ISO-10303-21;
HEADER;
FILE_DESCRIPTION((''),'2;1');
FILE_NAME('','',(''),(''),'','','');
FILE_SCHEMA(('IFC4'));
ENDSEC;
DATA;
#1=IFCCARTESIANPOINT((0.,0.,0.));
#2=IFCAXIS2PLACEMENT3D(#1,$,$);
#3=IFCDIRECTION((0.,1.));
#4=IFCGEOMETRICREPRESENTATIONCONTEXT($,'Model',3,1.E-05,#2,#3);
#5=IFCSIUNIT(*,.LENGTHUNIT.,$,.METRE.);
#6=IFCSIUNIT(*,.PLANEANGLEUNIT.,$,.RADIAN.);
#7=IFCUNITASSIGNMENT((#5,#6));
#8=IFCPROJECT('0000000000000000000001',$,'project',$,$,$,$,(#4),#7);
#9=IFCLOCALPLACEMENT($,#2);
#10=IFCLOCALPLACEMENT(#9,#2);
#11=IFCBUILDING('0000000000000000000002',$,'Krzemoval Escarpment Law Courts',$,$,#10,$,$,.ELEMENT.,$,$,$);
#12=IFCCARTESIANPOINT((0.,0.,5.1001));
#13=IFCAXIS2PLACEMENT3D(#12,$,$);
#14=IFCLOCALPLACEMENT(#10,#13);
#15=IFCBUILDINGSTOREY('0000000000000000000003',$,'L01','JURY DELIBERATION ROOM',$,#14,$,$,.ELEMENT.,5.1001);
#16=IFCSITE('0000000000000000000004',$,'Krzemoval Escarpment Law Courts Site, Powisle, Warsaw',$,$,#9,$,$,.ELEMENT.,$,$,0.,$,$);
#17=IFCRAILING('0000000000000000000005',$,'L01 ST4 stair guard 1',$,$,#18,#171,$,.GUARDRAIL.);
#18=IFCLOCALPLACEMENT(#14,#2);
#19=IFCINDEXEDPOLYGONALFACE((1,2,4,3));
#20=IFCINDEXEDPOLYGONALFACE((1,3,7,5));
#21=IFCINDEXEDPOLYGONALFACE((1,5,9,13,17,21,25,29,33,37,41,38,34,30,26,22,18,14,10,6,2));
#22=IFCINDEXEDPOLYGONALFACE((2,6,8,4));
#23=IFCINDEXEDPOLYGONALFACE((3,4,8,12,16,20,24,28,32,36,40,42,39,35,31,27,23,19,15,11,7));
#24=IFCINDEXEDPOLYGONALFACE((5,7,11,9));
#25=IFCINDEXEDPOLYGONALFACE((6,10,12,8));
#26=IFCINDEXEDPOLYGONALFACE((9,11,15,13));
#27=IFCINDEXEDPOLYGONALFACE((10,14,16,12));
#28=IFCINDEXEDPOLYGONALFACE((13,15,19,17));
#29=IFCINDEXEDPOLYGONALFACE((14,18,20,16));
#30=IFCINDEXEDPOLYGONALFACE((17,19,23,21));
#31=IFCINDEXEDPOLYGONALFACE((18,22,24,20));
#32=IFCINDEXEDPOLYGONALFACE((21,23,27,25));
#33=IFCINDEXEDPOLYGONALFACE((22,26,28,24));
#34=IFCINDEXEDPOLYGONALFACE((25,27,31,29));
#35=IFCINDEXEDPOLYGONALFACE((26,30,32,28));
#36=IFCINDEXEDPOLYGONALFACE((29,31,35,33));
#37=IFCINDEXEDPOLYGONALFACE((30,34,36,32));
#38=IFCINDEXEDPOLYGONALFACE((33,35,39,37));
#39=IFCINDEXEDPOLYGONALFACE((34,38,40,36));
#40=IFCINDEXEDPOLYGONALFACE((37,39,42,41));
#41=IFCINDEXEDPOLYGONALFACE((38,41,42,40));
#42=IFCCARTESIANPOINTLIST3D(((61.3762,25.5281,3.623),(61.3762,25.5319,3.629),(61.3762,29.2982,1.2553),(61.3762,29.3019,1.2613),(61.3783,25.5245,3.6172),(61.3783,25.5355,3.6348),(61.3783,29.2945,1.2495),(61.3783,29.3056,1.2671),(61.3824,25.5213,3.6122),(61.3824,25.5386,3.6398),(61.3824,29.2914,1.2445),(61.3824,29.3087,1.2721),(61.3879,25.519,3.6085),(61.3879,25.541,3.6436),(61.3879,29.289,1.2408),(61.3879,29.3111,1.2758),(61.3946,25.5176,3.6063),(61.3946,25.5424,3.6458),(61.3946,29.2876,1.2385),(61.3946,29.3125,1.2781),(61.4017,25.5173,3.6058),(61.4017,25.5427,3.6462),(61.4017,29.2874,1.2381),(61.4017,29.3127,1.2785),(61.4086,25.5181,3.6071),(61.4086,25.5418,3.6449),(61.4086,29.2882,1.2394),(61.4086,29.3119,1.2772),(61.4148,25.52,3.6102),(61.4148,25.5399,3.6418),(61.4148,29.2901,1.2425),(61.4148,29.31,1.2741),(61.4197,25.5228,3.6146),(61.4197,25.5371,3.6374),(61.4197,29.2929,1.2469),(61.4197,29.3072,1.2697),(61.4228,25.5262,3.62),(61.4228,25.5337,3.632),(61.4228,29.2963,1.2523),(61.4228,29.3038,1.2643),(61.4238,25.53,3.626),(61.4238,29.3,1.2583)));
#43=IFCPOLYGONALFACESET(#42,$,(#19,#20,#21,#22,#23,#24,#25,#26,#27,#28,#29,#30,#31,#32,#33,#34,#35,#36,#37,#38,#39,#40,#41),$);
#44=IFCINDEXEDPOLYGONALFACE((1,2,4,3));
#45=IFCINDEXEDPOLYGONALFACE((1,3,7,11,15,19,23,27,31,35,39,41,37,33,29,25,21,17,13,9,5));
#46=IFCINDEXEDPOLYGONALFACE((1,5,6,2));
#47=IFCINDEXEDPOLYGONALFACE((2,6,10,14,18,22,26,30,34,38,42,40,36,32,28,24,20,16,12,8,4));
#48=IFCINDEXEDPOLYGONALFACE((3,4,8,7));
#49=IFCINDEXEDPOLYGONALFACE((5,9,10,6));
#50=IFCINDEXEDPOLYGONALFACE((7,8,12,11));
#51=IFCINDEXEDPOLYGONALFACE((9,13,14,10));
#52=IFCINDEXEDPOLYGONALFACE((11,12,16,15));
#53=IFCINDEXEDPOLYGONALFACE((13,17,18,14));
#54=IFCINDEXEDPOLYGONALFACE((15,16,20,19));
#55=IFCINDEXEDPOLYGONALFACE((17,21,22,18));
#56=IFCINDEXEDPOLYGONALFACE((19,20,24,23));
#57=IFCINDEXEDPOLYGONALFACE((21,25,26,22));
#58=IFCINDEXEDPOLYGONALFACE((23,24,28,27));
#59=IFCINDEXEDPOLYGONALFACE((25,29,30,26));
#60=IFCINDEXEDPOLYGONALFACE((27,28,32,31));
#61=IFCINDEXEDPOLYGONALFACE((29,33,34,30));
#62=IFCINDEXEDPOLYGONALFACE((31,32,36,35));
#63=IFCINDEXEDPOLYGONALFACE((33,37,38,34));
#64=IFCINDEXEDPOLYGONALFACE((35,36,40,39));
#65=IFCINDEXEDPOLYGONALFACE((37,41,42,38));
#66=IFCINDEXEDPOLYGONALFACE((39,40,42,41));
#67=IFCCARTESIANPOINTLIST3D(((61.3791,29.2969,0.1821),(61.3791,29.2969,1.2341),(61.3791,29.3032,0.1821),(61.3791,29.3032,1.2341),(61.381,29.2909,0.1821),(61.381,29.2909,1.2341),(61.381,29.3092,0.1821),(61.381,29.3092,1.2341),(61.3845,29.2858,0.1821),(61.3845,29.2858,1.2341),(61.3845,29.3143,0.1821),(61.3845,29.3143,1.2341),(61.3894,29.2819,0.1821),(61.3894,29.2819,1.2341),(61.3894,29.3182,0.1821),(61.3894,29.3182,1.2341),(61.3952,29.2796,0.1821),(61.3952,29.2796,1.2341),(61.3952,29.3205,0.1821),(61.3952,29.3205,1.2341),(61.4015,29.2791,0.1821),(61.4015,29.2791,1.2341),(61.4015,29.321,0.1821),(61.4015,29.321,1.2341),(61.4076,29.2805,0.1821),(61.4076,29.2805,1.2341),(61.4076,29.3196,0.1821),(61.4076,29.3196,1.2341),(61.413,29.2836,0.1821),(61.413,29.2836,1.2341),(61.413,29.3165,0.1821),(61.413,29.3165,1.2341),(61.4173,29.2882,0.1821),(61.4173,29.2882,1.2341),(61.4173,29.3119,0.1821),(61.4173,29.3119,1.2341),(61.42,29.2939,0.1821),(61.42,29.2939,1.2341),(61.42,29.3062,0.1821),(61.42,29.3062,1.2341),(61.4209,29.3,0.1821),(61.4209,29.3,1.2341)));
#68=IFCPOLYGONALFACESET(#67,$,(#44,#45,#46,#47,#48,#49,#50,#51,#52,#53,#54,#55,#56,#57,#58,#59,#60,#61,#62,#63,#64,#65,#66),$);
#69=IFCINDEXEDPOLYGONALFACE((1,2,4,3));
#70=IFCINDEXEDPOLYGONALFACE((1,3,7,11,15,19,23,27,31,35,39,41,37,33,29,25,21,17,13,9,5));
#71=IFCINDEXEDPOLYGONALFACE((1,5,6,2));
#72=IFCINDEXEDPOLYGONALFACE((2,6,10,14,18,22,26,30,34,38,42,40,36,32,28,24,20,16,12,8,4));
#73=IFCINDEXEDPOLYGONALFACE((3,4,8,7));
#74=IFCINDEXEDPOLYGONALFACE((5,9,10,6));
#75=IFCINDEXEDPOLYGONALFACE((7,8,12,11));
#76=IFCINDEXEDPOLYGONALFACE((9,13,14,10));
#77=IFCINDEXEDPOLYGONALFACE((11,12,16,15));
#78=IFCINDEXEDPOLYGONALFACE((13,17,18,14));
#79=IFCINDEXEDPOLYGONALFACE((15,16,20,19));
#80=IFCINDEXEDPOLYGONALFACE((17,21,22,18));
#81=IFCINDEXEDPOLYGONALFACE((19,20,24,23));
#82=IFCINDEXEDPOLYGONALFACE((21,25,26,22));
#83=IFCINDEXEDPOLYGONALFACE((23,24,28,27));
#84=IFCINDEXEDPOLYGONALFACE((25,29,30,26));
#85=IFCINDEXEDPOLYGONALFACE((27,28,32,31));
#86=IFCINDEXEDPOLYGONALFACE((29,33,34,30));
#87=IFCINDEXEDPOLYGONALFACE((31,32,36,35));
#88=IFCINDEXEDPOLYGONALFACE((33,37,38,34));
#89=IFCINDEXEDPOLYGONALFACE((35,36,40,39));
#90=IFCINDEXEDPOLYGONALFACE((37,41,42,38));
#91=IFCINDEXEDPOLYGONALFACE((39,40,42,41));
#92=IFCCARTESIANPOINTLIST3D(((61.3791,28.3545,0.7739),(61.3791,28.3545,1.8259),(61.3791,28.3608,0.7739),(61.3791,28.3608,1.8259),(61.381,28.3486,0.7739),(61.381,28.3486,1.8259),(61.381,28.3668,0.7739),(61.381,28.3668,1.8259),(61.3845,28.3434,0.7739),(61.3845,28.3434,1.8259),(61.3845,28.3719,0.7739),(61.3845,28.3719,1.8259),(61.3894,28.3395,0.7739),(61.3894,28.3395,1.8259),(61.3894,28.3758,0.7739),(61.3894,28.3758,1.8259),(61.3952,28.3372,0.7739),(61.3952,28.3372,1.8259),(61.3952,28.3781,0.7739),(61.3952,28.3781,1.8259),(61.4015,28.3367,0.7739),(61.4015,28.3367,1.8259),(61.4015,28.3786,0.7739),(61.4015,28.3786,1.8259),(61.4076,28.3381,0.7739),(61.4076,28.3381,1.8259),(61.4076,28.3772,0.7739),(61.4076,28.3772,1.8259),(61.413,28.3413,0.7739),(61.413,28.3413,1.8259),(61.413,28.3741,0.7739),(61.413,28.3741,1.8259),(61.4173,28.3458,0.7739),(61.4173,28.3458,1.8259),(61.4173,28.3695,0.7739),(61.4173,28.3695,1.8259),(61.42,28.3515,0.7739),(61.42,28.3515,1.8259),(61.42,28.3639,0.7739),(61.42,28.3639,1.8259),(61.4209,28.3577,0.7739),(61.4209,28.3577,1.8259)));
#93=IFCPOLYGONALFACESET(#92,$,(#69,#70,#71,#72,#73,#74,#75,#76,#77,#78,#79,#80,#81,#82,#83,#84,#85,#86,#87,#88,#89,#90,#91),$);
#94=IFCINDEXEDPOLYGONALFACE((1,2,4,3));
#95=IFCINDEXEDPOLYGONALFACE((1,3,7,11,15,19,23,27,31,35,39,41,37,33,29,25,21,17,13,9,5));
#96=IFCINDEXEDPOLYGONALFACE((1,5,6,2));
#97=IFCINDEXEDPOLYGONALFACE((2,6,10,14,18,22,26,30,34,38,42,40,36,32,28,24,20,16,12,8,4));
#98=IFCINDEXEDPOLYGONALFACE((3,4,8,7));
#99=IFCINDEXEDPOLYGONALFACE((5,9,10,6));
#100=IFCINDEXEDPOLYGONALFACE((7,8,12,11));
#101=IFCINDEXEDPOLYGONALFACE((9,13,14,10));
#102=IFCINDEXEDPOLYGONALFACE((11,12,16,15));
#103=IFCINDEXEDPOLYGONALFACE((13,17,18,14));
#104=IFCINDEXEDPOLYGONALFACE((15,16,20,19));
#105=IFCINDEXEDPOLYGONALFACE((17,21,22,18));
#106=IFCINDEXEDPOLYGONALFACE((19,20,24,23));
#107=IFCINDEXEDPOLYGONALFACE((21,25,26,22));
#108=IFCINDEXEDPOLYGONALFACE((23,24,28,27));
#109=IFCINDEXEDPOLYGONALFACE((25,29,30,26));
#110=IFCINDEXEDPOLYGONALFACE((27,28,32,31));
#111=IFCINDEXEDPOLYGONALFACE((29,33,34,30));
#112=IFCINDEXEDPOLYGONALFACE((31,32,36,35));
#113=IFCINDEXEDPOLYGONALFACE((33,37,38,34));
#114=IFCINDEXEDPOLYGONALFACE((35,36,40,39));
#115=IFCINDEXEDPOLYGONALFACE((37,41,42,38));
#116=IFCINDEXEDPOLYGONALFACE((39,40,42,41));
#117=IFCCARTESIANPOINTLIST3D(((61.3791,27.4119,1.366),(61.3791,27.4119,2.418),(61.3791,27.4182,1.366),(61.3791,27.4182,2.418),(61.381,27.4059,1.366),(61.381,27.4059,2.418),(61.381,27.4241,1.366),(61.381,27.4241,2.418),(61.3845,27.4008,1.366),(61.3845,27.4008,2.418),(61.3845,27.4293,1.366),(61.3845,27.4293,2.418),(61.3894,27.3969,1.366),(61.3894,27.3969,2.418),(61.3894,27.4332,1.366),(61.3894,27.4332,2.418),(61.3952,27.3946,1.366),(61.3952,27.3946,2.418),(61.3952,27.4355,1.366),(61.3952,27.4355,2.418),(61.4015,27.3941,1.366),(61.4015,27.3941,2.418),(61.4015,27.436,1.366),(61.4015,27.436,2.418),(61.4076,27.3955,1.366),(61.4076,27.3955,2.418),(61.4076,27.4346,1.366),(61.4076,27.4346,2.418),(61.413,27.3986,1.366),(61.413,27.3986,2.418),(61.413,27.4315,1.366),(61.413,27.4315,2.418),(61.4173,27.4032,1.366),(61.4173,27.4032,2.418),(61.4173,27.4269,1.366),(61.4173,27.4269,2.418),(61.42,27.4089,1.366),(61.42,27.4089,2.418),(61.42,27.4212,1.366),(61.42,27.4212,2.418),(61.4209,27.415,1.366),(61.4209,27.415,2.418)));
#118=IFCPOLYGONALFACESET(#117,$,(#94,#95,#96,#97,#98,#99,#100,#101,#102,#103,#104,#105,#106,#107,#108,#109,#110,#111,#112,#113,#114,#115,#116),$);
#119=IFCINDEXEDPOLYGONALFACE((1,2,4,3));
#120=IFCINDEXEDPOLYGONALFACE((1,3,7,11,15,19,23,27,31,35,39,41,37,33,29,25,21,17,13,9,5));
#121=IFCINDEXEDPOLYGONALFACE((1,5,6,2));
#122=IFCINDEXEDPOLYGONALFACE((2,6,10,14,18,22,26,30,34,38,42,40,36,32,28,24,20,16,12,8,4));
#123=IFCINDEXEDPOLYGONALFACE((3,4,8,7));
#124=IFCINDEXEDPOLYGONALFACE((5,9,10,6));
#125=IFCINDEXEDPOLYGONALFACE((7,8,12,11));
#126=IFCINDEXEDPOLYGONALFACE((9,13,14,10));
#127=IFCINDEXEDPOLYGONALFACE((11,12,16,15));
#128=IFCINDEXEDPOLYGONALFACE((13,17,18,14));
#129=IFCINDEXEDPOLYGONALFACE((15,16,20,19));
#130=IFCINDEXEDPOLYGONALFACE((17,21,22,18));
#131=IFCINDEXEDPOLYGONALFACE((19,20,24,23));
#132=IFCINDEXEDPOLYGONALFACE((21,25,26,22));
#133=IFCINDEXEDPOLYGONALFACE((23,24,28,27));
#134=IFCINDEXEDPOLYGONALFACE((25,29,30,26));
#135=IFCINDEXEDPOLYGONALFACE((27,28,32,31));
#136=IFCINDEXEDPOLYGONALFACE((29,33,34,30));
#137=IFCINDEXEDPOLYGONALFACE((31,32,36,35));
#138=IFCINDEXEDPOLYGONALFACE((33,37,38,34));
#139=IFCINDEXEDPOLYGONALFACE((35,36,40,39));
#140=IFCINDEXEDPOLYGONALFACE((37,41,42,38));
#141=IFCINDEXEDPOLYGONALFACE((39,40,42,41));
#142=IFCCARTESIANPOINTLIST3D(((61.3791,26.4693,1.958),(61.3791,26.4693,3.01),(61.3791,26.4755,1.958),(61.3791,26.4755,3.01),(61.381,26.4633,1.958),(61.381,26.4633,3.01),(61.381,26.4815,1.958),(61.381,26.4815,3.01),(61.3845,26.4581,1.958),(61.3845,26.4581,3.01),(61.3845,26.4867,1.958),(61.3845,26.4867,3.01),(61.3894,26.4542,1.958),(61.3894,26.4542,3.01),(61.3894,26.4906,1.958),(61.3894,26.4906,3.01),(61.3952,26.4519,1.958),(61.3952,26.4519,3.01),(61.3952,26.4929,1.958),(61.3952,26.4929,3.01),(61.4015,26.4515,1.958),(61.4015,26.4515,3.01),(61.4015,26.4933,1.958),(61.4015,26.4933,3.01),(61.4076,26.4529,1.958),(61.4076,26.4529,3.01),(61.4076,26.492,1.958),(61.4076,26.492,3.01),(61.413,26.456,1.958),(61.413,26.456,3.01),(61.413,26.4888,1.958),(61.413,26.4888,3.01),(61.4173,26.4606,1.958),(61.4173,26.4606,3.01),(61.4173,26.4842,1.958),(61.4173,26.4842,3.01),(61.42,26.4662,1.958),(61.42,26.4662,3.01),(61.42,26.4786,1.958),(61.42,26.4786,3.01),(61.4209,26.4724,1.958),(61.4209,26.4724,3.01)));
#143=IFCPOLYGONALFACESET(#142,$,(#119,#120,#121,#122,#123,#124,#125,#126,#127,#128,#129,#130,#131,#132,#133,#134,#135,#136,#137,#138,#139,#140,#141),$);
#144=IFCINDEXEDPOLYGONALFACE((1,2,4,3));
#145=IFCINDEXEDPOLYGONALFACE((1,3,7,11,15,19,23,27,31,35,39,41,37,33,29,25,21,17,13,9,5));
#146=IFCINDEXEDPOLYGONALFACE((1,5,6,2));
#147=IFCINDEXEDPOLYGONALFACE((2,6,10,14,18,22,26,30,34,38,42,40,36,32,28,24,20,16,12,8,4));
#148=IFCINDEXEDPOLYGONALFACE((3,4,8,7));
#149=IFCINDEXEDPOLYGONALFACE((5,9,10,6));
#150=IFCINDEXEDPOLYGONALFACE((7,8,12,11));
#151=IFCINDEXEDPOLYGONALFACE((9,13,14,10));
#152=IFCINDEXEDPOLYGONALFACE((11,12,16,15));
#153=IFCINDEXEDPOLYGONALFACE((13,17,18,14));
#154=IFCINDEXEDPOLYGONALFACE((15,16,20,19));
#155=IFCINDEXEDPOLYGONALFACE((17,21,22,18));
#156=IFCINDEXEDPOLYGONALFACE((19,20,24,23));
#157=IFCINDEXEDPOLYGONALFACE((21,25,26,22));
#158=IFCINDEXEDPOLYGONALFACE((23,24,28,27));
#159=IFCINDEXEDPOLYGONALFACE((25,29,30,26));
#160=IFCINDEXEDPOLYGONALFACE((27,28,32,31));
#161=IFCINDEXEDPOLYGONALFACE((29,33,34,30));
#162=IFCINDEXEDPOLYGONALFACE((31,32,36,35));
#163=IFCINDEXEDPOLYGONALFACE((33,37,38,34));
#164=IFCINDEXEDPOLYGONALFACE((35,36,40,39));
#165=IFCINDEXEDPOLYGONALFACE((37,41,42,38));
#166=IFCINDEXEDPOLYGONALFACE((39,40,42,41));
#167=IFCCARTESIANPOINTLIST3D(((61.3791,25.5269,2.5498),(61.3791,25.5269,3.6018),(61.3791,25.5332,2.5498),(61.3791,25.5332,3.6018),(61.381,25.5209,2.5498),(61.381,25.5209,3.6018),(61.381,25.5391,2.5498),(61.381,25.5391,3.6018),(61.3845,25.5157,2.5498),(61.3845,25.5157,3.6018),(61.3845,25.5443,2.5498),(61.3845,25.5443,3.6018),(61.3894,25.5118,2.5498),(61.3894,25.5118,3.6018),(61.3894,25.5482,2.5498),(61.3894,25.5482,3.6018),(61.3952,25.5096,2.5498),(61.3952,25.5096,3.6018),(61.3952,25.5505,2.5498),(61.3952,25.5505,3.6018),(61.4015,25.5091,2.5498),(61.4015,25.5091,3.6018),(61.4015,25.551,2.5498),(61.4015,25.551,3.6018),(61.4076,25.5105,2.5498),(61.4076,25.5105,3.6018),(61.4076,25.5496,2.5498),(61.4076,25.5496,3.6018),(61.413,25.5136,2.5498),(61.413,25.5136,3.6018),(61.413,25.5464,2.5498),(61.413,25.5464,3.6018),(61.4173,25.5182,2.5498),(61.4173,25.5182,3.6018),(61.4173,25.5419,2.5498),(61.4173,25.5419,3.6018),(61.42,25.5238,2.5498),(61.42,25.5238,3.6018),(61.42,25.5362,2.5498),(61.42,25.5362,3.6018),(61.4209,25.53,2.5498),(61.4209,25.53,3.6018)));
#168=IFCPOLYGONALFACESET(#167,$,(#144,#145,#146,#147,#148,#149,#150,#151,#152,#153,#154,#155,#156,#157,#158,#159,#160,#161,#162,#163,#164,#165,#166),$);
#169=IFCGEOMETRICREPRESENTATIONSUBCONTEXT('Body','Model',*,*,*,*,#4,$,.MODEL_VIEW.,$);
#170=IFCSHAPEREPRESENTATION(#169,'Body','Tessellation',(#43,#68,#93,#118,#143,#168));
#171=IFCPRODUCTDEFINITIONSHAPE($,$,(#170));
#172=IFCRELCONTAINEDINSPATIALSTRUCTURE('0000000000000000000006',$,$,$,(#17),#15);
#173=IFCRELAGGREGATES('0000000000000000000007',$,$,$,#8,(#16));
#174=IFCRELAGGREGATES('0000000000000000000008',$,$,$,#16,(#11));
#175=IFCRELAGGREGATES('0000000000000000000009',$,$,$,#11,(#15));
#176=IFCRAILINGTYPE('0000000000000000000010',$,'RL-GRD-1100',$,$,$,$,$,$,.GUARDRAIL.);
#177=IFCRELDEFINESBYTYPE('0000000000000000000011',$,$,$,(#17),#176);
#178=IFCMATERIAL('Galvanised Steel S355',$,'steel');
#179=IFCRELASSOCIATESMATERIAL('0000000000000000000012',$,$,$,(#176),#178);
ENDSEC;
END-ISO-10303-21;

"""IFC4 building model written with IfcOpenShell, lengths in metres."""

from ifc_helpers import new_model, si_unit, direction, frame, origin, origin_2d, place, context, subcontext, project, spatial, circle, extrude, material, type_object, element, save


model = new_model("IFC4")

# Units and contexts
model_context = context("Model", 3, precision=1e-05, world=origin(), true_north=direction((0.0, 1.0)))
body_context = subcontext(model_context, "Body", "Model", "MODEL_VIEW")
ifc_project = project(units=[si_unit("LENGTHUNIT", "METRE"), si_unit("PLANEANGLEUNIT", "RADIAN")], contexts=[model_context])

# Site, building, storey
site_placement = place(None, origin())
site = spatial("IfcSite", under=ifc_project, at=site_placement, Name="Krzemoval Escarpment Law Courts Site, Powisle, Warsaw", CompositionType="ELEMENT", RefElevation=0.0)
building_placement = place(site_placement, origin())
building = spatial("IfcBuilding", under=site, at=building_placement, Name="Krzemoval Escarpment Law Courts", CompositionType="ELEMENT")
storey_placement = place(building_placement, frame((0.0, 0.0, 5.1001)))
storey = spatial("IfcBuildingStorey", under=building, at=storey_placement, Name="L01", Description="JURY DELIBERATION ROOM", CompositionType="ELEMENT", Elevation=5.1001)

# Railing
ifc_material_1 = material(Name="Galvanised Steel S355", Category="steel")
railing_type_1 = type_object("IfcRailingType", Name="RL-GRD-1100", PredefinedType="GUARDRAIL", material=ifc_material_1)
railing_1_placement = place(storey_placement, frame((61.3999, 29.3, 0.1821)))
element("IfcRailing", 1, at=railing_1_placement, inside=storey, type_object=railing_type_1, Name="L01 ST4 stair guard 1", PredefinedType="GUARDRAIL", context=body_context, shape_type="SweptSolid", body=[
    extrude(circle(Radius=0.0239, at=origin_2d()), frame((0.0, 0.0, 1.0762), z_axis=(0.0, -0.846844, 0.531841), x_axis=(1.0, 0.0, 0.0)), (0.0, 0.0, 1.0), 4.4519),
    extrude(circle(Radius=0.021, at=origin_2d()), origin(), (0.0, 0.0, 1.0), 1.052),
    extrude(circle(Radius=0.021, at=origin_2d()), frame((0.0, -0.9424, 0.5918)), (0.0, 0.0, 1.0), 1.052),
    extrude(circle(Radius=0.021, at=origin_2d()), frame((0.0, -1.885, 1.1838)), (0.0, 0.0, 1.0), 1.052),
    extrude(circle(Radius=0.021, at=origin_2d()), frame((0.0, -2.8276, 1.7759)), (0.0, 0.0, 1.0), 1.052),
    extrude(circle(Radius=0.021, at=origin_2d()), frame((0.0, -3.77, 2.3677)), (0.0, 0.0, 1.0), 1.052),
])

save(model, "model.ifc")
